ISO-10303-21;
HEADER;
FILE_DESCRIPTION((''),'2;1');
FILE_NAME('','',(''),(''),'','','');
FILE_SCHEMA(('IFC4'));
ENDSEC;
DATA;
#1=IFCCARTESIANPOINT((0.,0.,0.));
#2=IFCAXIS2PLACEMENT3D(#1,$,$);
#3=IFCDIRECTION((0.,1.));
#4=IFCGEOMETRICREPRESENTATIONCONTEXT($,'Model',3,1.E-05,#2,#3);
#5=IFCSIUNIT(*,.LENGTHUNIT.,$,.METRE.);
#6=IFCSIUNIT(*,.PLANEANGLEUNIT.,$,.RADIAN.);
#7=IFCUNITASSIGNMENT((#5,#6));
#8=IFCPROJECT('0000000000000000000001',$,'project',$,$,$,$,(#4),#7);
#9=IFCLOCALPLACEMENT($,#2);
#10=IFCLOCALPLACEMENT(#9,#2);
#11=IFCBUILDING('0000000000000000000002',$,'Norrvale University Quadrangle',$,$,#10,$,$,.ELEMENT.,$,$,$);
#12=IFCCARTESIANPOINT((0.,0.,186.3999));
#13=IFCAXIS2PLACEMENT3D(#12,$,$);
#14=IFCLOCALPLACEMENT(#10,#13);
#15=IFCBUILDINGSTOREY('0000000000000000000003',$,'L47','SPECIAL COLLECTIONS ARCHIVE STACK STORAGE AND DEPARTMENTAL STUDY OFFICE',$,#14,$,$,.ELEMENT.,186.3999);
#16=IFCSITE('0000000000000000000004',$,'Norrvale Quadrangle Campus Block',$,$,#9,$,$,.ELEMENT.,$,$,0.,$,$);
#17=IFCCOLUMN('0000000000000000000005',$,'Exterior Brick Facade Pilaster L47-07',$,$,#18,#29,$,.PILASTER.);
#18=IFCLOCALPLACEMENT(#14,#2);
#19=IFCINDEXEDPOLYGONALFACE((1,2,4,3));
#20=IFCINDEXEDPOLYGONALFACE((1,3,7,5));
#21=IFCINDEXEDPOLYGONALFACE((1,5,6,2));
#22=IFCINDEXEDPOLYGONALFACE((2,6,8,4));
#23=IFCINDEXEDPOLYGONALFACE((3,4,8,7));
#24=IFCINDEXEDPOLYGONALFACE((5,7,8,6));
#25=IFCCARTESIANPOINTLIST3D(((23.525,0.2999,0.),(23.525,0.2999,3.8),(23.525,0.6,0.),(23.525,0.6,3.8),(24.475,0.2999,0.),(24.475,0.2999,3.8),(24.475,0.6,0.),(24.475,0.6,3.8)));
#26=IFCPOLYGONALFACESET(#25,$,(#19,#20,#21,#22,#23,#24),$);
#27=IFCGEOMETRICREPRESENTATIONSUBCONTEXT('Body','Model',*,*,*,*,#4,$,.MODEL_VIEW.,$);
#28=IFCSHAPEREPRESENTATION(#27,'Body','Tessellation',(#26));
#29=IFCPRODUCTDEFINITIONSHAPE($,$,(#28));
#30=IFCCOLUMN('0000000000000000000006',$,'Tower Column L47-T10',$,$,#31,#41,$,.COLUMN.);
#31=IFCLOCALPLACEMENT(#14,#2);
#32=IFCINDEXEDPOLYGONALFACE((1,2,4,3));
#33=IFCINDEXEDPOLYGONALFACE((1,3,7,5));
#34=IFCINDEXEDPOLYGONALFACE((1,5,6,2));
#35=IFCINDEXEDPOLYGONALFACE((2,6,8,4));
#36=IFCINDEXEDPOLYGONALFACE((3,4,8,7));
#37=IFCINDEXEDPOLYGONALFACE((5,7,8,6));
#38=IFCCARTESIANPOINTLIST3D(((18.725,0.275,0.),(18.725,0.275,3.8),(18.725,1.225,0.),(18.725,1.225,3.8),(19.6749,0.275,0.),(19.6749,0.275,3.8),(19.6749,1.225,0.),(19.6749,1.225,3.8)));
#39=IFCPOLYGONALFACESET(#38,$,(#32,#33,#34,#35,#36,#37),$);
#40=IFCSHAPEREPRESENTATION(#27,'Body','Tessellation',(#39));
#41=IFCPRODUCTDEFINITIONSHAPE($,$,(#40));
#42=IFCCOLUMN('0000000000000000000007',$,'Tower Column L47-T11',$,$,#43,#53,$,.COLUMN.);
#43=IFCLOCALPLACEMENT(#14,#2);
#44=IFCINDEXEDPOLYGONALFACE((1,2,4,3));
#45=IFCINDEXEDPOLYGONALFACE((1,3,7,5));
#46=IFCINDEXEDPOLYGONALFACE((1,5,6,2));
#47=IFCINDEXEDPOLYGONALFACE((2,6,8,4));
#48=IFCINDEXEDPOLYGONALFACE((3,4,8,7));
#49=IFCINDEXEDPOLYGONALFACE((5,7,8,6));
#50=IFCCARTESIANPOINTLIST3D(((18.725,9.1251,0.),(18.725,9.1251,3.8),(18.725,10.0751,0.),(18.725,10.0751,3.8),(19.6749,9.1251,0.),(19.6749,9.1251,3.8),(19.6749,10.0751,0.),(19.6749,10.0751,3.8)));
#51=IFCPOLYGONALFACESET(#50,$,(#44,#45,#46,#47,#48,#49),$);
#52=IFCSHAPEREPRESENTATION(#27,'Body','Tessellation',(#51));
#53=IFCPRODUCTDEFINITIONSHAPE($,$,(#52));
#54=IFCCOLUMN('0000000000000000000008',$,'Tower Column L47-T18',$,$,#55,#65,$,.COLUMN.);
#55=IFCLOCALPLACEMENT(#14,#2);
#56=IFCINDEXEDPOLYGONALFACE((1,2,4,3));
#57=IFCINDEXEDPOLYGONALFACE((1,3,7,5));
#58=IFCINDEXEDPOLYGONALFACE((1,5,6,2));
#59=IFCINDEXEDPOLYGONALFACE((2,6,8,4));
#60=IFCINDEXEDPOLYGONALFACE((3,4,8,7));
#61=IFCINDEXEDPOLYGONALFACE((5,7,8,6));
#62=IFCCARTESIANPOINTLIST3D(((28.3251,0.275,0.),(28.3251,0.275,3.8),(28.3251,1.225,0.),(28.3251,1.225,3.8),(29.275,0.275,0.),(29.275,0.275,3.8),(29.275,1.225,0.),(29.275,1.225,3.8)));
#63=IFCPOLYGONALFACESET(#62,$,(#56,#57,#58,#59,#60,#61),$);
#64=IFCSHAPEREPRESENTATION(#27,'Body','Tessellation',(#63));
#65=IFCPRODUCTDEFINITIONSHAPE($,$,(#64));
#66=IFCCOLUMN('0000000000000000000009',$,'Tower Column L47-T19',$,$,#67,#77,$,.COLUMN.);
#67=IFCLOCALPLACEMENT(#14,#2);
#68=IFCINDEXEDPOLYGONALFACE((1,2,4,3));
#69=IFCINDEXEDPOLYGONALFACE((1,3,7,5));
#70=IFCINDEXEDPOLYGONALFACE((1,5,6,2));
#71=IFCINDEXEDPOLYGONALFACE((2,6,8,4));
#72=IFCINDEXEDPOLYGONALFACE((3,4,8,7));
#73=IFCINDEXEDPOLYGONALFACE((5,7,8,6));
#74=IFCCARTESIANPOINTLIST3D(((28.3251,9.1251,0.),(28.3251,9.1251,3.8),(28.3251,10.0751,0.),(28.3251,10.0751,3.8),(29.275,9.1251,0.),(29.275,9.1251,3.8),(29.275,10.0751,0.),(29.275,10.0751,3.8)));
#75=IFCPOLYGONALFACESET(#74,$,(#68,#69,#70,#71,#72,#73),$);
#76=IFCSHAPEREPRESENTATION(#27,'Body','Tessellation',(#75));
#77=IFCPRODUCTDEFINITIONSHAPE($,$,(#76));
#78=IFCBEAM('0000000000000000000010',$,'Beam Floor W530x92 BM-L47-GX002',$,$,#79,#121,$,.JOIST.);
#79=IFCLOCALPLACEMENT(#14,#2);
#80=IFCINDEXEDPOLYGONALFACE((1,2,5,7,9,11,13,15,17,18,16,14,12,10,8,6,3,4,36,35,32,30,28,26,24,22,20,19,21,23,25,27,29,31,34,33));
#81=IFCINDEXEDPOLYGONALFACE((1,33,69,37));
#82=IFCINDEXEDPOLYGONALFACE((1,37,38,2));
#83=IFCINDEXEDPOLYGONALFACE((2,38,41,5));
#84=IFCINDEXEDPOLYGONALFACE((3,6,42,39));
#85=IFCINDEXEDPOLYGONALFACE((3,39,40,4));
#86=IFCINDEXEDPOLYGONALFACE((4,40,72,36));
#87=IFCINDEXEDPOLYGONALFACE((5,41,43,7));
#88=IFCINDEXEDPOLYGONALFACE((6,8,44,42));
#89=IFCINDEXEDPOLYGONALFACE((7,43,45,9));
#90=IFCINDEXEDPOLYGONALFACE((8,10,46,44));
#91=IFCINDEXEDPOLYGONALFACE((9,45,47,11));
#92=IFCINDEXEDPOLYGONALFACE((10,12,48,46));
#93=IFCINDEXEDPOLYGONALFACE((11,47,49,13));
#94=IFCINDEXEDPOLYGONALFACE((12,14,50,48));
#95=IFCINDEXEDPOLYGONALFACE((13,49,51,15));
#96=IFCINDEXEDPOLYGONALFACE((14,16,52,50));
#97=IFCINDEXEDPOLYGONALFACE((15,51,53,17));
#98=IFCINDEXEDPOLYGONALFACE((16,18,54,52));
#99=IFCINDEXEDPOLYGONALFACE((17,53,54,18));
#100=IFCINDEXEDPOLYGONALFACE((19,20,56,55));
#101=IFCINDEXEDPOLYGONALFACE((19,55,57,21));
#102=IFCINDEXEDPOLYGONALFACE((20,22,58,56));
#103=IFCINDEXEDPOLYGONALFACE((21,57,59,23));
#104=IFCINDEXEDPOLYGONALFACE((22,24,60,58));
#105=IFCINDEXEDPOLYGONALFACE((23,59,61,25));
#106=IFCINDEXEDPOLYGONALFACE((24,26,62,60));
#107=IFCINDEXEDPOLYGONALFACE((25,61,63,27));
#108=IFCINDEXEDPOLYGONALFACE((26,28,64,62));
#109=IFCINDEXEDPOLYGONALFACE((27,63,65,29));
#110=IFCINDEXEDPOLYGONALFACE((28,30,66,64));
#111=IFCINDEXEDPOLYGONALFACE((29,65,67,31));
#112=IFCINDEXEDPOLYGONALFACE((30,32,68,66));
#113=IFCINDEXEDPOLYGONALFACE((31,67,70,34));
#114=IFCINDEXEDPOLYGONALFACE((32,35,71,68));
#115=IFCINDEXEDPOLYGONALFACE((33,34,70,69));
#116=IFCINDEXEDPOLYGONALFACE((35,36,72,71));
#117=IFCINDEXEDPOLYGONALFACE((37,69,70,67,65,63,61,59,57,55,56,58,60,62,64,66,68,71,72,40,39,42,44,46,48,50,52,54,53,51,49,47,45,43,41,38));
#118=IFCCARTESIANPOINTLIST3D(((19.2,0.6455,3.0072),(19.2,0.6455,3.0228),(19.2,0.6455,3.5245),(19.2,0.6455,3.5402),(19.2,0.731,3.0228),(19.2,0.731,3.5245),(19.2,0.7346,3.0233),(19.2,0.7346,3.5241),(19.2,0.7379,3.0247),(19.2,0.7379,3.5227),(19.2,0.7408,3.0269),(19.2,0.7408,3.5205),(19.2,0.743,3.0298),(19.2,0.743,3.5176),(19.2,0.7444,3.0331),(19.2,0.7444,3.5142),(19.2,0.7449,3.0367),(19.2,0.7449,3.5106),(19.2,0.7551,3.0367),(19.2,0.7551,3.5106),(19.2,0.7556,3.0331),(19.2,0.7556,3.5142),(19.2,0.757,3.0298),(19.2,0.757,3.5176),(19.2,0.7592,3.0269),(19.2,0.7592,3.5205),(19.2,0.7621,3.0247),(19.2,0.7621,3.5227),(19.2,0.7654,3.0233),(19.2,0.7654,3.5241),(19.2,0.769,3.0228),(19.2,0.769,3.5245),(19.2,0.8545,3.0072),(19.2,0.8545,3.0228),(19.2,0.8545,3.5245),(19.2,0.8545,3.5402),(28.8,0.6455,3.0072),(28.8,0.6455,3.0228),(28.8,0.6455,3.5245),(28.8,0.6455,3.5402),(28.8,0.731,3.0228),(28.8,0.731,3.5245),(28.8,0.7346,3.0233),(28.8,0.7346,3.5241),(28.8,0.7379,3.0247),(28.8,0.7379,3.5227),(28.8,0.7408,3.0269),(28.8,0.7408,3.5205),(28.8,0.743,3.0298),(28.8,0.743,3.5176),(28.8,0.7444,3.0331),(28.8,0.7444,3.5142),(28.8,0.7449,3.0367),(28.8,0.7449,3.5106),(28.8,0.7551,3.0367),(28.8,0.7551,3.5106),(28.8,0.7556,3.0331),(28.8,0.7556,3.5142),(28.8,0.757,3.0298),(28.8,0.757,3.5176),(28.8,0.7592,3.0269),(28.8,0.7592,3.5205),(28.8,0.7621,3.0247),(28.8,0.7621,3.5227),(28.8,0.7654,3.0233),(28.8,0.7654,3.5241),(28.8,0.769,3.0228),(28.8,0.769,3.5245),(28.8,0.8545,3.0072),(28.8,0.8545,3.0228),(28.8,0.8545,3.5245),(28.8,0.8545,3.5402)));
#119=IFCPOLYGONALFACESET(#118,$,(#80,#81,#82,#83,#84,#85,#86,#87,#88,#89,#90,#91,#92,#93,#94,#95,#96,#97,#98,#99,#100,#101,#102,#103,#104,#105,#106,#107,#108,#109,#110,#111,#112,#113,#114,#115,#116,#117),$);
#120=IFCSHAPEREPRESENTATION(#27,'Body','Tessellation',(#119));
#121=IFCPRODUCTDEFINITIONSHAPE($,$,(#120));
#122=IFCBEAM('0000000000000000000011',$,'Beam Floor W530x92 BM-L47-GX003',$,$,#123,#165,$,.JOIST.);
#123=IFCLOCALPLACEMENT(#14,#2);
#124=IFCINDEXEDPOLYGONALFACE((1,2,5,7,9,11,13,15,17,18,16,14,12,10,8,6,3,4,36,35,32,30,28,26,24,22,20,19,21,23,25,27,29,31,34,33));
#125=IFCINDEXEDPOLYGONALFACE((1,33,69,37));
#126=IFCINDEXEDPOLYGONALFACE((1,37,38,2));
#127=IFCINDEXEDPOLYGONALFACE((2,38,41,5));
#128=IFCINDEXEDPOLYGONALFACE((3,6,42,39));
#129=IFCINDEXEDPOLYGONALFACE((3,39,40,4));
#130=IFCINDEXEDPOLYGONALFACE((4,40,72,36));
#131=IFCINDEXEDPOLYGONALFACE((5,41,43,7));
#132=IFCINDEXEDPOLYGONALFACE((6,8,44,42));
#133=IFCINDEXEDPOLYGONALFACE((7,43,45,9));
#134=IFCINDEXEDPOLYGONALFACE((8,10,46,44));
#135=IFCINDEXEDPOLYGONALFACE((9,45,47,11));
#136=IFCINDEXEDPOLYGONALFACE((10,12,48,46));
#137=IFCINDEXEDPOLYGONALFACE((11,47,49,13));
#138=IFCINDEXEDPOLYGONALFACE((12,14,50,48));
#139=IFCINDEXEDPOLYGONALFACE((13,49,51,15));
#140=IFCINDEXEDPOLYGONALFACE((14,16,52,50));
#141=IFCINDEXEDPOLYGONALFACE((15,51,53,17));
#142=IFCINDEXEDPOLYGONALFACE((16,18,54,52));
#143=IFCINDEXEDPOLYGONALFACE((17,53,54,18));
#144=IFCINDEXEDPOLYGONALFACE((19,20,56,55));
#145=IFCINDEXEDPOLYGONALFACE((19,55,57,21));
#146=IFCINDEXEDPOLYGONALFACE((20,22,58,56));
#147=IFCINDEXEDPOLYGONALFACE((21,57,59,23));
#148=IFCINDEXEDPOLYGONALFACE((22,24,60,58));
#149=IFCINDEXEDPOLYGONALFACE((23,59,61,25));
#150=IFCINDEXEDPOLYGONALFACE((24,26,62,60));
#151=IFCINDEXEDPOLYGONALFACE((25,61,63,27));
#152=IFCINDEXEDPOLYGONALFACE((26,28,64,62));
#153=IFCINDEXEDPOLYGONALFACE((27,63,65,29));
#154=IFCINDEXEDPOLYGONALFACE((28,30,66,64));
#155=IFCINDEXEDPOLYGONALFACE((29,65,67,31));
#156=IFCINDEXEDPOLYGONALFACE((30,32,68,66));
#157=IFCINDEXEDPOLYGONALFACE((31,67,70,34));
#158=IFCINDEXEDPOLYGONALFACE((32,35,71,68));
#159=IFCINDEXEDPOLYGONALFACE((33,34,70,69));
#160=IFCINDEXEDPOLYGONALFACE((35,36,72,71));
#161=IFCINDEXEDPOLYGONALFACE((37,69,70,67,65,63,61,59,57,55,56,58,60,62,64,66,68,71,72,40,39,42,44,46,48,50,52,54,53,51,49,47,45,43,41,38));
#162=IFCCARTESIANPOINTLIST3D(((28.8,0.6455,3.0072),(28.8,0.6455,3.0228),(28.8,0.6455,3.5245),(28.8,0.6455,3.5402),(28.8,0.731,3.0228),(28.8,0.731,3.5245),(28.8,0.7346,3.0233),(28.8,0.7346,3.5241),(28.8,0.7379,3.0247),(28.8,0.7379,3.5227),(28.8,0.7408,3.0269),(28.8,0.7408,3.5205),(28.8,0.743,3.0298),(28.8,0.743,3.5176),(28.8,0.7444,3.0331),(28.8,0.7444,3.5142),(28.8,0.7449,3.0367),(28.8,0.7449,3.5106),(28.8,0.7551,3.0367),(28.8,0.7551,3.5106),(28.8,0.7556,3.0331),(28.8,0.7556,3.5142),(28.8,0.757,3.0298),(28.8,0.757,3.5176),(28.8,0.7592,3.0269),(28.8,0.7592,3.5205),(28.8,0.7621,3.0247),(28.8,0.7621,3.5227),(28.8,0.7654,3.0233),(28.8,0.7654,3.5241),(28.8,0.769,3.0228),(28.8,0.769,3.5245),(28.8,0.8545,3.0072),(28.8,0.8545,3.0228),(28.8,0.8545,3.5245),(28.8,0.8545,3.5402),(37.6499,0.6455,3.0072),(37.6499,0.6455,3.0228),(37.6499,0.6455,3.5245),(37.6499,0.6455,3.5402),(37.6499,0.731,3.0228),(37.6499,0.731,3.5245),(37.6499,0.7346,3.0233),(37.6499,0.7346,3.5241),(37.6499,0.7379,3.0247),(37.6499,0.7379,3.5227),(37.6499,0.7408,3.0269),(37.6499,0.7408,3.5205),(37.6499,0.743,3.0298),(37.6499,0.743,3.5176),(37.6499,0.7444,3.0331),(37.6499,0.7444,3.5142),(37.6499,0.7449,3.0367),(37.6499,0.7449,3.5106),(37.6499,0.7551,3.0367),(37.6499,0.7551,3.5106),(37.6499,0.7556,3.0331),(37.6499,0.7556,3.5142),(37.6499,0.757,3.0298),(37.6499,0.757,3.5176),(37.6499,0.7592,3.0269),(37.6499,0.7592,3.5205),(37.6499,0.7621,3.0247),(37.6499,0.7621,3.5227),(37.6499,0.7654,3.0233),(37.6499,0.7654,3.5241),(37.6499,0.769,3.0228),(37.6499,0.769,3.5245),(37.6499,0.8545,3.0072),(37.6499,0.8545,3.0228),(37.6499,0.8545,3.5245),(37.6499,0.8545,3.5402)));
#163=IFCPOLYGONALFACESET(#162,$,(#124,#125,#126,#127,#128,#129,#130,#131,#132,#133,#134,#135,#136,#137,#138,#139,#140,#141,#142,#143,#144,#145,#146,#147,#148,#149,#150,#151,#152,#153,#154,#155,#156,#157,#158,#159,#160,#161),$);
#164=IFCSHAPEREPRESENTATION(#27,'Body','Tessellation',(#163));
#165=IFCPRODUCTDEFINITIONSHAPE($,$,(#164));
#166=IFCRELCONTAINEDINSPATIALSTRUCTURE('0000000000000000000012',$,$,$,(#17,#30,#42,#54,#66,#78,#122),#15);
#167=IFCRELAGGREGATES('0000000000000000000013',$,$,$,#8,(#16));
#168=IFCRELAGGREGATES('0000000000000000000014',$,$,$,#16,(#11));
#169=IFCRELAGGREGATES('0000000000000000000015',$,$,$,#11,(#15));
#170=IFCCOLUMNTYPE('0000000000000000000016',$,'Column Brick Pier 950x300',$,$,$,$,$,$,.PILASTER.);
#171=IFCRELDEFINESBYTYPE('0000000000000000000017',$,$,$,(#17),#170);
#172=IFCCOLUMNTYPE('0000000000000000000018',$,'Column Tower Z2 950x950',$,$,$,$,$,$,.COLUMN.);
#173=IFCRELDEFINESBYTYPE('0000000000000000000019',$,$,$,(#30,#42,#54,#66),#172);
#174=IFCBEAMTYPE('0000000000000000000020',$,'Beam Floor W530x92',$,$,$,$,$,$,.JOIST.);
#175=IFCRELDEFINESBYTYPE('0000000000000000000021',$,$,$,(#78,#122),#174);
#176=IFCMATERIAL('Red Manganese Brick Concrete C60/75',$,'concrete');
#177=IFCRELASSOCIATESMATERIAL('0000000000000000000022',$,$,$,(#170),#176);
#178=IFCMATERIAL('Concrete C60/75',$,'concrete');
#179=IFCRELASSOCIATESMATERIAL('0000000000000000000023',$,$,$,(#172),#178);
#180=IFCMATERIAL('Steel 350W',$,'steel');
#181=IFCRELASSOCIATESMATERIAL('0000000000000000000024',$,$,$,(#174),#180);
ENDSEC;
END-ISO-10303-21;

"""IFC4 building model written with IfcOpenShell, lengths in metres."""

from ifc_helpers import new_model, si_unit, direction, frame, origin, origin_2d, place, context, subcontext, project, spatial, rectangle, i_section, extrude, material, material_profile, profile_set, type_object, element, save


model = new_model("IFC4")

# Units and contexts
model_context = context("Model", 3, precision=1e-05, world=origin(), true_north=direction((0.0, 1.0)))
body_context = subcontext(model_context, "Body", "Model", "MODEL_VIEW")
ifc_project = project(units=[si_unit("LENGTHUNIT", "METRE"), si_unit("PLANEANGLEUNIT", "RADIAN")], contexts=[model_context])

# Site, building, storey
site_placement = place(None, origin())
site = spatial("IfcSite", under=ifc_project, at=site_placement, Name="Norrvale Quadrangle Campus Block", CompositionType="ELEMENT", RefElevation=0.0)
building_placement = place(site_placement, origin())
building = spatial("IfcBuilding", under=site, at=building_placement, Name="Norrvale University Quadrangle", CompositionType="ELEMENT")
storey_placement = place(building_placement, frame((0.0, 0.0, 186.3999)))
storey = spatial("IfcBuildingStorey", under=building, at=storey_placement, Name="L47", Description="SPECIAL COLLECTIONS ARCHIVE STACK STORAGE AND DEPARTMENTAL STUDY OFFICE", CompositionType="ELEMENT", Elevation=186.3999)

# Columns
ifc_material_1 = material(Name="Red Manganese Brick Concrete C60/75", Category="concrete")
ifc_material_profile_1 = material_profile(ifc_material_1, rectangle(XDim=0.95, YDim=0.3, at=origin_2d()), Name="Red Manganese Brick Concrete C60/75")
ifc_profile_set_1 = profile_set([ifc_material_profile_1], Name="Red Manganese Brick Concrete C60/75")
column_type_1 = type_object("IfcColumnType", Name="Column Brick Pier 950x300", PredefinedType="PILASTER", material=ifc_profile_set_1)
column_placement = place(storey_placement, frame((24.0, 0.45, 0.0), z_axis=(0.0, 0.0, 1.0), x_axis=(1.0, 0.0, 0.0)))
element("IfcColumn", 1, at=column_placement, inside=storey, type_object=column_type_1, Name="Exterior Brick Facade Pilaster L47-07", PredefinedType="PILASTER", context=body_context, shape_type="SweptSolid", body=[
    extrude(rectangle(XDim=0.95, YDim=0.3, at=origin_2d()), origin(), (0.0, 0.0, 1.0), 3.8),
])
ifc_material_2 = material(Name="Concrete C60/75", Category="concrete")
ifc_material_profile_2 = material_profile(ifc_material_2, rectangle(XDim=0.95, YDim=0.95, at=origin_2d()), Name="Concrete C60/75")
ifc_profile_set_2 = profile_set([ifc_material_profile_2], Name="Concrete C60/75")
column_type_2 = type_object("IfcColumnType", Name="Column Tower Z2 950x950", PredefinedType="COLUMN", material=ifc_profile_set_2)
for number, where, z_axis, x_axis, name in (
    (2, (19.2, 0.75, 0.0), (0.0, 0.0, 1.0), (1.0, 0.0, 0.0), "Tower Column L47-T10"),
    (3, (19.2, 9.6001, 0.0), (0.0, 0.0, 1.0), (1.0, 0.0, 0.0), "Tower Column L47-T11"),
    (4, (28.8, 0.75, 0.0), (0.0, 0.0, 1.0), (1.0, 0.0, 0.0), "Tower Column L47-T18"),
    (5, (28.8, 9.6001, 0.0), (0.0, 0.0, 1.0), (1.0, 0.0, 0.0), "Tower Column L47-T19"),
):
    element("IfcColumn", number, at=place(storey_placement, frame(where, z_axis=z_axis, x_axis=x_axis)), inside=storey, type_object=column_type_2, Name=name, PredefinedType="COLUMN", context=body_context, shape_type="SweptSolid", body=[
        extrude(rectangle(XDim=0.95, YDim=0.95, at=origin_2d()), origin(), (0.0, 0.0, 1.0), 3.8),
    ])

# Beams
ifc_material_3 = material(Name="Steel 350W", Category="steel")
ifc_material_profile_3 = material_profile(ifc_material_3, i_section(OverallWidth=0.209, OverallDepth=0.533, WebThickness=0.0103, FlangeThickness=0.0156, FilletRadius=0.0139, at=origin_2d()), Name="Steel 350W")
ifc_profile_set_3 = profile_set([ifc_material_profile_3], Name="Steel 350W")
beam_type_1 = type_object("IfcBeamType", Name="Beam Floor W530x92", PredefinedType="JOIST", material=ifc_profile_set_3)
beam_1_placement = place(storey_placement, frame((19.2, 0.75, 3.2737), z_axis=(1.0, 0.0, 0.0), x_axis=(0.0, 1.0, 0.0)))
element("IfcBeam", 6, at=beam_1_placement, inside=storey, type_object=beam_type_1, Name="Beam Floor W530x92 BM-L47-GX002", PredefinedType="JOIST", context=body_context, shape_type="SweptSolid", body=[
    extrude(i_section(OverallWidth=0.209, OverallDepth=0.533, WebThickness=0.0103, FlangeThickness=0.0156, FilletRadius=0.0139, at=origin_2d()), origin(), (0.0, 0.0, 1.0), 9.6001),
])
beam_2_placement = place(storey_placement, frame((28.8, 0.75, 3.2737), z_axis=(1.0, 0.0, 0.0), x_axis=(0.0, 1.0, 0.0)))
element("IfcBeam", 7, at=beam_2_placement, inside=storey, type_object=beam_type_1, Name="Beam Floor W530x92 BM-L47-GX003", PredefinedType="JOIST", context=body_context, shape_type="SweptSolid", body=[
    extrude(i_section(OverallWidth=0.209, OverallDepth=0.533, WebThickness=0.0103, FlangeThickness=0.0156, FilletRadius=0.0139, at=origin_2d()), origin(), (0.0, 0.0, 1.0), 8.8499),
])

save(model, "model.ifc")
